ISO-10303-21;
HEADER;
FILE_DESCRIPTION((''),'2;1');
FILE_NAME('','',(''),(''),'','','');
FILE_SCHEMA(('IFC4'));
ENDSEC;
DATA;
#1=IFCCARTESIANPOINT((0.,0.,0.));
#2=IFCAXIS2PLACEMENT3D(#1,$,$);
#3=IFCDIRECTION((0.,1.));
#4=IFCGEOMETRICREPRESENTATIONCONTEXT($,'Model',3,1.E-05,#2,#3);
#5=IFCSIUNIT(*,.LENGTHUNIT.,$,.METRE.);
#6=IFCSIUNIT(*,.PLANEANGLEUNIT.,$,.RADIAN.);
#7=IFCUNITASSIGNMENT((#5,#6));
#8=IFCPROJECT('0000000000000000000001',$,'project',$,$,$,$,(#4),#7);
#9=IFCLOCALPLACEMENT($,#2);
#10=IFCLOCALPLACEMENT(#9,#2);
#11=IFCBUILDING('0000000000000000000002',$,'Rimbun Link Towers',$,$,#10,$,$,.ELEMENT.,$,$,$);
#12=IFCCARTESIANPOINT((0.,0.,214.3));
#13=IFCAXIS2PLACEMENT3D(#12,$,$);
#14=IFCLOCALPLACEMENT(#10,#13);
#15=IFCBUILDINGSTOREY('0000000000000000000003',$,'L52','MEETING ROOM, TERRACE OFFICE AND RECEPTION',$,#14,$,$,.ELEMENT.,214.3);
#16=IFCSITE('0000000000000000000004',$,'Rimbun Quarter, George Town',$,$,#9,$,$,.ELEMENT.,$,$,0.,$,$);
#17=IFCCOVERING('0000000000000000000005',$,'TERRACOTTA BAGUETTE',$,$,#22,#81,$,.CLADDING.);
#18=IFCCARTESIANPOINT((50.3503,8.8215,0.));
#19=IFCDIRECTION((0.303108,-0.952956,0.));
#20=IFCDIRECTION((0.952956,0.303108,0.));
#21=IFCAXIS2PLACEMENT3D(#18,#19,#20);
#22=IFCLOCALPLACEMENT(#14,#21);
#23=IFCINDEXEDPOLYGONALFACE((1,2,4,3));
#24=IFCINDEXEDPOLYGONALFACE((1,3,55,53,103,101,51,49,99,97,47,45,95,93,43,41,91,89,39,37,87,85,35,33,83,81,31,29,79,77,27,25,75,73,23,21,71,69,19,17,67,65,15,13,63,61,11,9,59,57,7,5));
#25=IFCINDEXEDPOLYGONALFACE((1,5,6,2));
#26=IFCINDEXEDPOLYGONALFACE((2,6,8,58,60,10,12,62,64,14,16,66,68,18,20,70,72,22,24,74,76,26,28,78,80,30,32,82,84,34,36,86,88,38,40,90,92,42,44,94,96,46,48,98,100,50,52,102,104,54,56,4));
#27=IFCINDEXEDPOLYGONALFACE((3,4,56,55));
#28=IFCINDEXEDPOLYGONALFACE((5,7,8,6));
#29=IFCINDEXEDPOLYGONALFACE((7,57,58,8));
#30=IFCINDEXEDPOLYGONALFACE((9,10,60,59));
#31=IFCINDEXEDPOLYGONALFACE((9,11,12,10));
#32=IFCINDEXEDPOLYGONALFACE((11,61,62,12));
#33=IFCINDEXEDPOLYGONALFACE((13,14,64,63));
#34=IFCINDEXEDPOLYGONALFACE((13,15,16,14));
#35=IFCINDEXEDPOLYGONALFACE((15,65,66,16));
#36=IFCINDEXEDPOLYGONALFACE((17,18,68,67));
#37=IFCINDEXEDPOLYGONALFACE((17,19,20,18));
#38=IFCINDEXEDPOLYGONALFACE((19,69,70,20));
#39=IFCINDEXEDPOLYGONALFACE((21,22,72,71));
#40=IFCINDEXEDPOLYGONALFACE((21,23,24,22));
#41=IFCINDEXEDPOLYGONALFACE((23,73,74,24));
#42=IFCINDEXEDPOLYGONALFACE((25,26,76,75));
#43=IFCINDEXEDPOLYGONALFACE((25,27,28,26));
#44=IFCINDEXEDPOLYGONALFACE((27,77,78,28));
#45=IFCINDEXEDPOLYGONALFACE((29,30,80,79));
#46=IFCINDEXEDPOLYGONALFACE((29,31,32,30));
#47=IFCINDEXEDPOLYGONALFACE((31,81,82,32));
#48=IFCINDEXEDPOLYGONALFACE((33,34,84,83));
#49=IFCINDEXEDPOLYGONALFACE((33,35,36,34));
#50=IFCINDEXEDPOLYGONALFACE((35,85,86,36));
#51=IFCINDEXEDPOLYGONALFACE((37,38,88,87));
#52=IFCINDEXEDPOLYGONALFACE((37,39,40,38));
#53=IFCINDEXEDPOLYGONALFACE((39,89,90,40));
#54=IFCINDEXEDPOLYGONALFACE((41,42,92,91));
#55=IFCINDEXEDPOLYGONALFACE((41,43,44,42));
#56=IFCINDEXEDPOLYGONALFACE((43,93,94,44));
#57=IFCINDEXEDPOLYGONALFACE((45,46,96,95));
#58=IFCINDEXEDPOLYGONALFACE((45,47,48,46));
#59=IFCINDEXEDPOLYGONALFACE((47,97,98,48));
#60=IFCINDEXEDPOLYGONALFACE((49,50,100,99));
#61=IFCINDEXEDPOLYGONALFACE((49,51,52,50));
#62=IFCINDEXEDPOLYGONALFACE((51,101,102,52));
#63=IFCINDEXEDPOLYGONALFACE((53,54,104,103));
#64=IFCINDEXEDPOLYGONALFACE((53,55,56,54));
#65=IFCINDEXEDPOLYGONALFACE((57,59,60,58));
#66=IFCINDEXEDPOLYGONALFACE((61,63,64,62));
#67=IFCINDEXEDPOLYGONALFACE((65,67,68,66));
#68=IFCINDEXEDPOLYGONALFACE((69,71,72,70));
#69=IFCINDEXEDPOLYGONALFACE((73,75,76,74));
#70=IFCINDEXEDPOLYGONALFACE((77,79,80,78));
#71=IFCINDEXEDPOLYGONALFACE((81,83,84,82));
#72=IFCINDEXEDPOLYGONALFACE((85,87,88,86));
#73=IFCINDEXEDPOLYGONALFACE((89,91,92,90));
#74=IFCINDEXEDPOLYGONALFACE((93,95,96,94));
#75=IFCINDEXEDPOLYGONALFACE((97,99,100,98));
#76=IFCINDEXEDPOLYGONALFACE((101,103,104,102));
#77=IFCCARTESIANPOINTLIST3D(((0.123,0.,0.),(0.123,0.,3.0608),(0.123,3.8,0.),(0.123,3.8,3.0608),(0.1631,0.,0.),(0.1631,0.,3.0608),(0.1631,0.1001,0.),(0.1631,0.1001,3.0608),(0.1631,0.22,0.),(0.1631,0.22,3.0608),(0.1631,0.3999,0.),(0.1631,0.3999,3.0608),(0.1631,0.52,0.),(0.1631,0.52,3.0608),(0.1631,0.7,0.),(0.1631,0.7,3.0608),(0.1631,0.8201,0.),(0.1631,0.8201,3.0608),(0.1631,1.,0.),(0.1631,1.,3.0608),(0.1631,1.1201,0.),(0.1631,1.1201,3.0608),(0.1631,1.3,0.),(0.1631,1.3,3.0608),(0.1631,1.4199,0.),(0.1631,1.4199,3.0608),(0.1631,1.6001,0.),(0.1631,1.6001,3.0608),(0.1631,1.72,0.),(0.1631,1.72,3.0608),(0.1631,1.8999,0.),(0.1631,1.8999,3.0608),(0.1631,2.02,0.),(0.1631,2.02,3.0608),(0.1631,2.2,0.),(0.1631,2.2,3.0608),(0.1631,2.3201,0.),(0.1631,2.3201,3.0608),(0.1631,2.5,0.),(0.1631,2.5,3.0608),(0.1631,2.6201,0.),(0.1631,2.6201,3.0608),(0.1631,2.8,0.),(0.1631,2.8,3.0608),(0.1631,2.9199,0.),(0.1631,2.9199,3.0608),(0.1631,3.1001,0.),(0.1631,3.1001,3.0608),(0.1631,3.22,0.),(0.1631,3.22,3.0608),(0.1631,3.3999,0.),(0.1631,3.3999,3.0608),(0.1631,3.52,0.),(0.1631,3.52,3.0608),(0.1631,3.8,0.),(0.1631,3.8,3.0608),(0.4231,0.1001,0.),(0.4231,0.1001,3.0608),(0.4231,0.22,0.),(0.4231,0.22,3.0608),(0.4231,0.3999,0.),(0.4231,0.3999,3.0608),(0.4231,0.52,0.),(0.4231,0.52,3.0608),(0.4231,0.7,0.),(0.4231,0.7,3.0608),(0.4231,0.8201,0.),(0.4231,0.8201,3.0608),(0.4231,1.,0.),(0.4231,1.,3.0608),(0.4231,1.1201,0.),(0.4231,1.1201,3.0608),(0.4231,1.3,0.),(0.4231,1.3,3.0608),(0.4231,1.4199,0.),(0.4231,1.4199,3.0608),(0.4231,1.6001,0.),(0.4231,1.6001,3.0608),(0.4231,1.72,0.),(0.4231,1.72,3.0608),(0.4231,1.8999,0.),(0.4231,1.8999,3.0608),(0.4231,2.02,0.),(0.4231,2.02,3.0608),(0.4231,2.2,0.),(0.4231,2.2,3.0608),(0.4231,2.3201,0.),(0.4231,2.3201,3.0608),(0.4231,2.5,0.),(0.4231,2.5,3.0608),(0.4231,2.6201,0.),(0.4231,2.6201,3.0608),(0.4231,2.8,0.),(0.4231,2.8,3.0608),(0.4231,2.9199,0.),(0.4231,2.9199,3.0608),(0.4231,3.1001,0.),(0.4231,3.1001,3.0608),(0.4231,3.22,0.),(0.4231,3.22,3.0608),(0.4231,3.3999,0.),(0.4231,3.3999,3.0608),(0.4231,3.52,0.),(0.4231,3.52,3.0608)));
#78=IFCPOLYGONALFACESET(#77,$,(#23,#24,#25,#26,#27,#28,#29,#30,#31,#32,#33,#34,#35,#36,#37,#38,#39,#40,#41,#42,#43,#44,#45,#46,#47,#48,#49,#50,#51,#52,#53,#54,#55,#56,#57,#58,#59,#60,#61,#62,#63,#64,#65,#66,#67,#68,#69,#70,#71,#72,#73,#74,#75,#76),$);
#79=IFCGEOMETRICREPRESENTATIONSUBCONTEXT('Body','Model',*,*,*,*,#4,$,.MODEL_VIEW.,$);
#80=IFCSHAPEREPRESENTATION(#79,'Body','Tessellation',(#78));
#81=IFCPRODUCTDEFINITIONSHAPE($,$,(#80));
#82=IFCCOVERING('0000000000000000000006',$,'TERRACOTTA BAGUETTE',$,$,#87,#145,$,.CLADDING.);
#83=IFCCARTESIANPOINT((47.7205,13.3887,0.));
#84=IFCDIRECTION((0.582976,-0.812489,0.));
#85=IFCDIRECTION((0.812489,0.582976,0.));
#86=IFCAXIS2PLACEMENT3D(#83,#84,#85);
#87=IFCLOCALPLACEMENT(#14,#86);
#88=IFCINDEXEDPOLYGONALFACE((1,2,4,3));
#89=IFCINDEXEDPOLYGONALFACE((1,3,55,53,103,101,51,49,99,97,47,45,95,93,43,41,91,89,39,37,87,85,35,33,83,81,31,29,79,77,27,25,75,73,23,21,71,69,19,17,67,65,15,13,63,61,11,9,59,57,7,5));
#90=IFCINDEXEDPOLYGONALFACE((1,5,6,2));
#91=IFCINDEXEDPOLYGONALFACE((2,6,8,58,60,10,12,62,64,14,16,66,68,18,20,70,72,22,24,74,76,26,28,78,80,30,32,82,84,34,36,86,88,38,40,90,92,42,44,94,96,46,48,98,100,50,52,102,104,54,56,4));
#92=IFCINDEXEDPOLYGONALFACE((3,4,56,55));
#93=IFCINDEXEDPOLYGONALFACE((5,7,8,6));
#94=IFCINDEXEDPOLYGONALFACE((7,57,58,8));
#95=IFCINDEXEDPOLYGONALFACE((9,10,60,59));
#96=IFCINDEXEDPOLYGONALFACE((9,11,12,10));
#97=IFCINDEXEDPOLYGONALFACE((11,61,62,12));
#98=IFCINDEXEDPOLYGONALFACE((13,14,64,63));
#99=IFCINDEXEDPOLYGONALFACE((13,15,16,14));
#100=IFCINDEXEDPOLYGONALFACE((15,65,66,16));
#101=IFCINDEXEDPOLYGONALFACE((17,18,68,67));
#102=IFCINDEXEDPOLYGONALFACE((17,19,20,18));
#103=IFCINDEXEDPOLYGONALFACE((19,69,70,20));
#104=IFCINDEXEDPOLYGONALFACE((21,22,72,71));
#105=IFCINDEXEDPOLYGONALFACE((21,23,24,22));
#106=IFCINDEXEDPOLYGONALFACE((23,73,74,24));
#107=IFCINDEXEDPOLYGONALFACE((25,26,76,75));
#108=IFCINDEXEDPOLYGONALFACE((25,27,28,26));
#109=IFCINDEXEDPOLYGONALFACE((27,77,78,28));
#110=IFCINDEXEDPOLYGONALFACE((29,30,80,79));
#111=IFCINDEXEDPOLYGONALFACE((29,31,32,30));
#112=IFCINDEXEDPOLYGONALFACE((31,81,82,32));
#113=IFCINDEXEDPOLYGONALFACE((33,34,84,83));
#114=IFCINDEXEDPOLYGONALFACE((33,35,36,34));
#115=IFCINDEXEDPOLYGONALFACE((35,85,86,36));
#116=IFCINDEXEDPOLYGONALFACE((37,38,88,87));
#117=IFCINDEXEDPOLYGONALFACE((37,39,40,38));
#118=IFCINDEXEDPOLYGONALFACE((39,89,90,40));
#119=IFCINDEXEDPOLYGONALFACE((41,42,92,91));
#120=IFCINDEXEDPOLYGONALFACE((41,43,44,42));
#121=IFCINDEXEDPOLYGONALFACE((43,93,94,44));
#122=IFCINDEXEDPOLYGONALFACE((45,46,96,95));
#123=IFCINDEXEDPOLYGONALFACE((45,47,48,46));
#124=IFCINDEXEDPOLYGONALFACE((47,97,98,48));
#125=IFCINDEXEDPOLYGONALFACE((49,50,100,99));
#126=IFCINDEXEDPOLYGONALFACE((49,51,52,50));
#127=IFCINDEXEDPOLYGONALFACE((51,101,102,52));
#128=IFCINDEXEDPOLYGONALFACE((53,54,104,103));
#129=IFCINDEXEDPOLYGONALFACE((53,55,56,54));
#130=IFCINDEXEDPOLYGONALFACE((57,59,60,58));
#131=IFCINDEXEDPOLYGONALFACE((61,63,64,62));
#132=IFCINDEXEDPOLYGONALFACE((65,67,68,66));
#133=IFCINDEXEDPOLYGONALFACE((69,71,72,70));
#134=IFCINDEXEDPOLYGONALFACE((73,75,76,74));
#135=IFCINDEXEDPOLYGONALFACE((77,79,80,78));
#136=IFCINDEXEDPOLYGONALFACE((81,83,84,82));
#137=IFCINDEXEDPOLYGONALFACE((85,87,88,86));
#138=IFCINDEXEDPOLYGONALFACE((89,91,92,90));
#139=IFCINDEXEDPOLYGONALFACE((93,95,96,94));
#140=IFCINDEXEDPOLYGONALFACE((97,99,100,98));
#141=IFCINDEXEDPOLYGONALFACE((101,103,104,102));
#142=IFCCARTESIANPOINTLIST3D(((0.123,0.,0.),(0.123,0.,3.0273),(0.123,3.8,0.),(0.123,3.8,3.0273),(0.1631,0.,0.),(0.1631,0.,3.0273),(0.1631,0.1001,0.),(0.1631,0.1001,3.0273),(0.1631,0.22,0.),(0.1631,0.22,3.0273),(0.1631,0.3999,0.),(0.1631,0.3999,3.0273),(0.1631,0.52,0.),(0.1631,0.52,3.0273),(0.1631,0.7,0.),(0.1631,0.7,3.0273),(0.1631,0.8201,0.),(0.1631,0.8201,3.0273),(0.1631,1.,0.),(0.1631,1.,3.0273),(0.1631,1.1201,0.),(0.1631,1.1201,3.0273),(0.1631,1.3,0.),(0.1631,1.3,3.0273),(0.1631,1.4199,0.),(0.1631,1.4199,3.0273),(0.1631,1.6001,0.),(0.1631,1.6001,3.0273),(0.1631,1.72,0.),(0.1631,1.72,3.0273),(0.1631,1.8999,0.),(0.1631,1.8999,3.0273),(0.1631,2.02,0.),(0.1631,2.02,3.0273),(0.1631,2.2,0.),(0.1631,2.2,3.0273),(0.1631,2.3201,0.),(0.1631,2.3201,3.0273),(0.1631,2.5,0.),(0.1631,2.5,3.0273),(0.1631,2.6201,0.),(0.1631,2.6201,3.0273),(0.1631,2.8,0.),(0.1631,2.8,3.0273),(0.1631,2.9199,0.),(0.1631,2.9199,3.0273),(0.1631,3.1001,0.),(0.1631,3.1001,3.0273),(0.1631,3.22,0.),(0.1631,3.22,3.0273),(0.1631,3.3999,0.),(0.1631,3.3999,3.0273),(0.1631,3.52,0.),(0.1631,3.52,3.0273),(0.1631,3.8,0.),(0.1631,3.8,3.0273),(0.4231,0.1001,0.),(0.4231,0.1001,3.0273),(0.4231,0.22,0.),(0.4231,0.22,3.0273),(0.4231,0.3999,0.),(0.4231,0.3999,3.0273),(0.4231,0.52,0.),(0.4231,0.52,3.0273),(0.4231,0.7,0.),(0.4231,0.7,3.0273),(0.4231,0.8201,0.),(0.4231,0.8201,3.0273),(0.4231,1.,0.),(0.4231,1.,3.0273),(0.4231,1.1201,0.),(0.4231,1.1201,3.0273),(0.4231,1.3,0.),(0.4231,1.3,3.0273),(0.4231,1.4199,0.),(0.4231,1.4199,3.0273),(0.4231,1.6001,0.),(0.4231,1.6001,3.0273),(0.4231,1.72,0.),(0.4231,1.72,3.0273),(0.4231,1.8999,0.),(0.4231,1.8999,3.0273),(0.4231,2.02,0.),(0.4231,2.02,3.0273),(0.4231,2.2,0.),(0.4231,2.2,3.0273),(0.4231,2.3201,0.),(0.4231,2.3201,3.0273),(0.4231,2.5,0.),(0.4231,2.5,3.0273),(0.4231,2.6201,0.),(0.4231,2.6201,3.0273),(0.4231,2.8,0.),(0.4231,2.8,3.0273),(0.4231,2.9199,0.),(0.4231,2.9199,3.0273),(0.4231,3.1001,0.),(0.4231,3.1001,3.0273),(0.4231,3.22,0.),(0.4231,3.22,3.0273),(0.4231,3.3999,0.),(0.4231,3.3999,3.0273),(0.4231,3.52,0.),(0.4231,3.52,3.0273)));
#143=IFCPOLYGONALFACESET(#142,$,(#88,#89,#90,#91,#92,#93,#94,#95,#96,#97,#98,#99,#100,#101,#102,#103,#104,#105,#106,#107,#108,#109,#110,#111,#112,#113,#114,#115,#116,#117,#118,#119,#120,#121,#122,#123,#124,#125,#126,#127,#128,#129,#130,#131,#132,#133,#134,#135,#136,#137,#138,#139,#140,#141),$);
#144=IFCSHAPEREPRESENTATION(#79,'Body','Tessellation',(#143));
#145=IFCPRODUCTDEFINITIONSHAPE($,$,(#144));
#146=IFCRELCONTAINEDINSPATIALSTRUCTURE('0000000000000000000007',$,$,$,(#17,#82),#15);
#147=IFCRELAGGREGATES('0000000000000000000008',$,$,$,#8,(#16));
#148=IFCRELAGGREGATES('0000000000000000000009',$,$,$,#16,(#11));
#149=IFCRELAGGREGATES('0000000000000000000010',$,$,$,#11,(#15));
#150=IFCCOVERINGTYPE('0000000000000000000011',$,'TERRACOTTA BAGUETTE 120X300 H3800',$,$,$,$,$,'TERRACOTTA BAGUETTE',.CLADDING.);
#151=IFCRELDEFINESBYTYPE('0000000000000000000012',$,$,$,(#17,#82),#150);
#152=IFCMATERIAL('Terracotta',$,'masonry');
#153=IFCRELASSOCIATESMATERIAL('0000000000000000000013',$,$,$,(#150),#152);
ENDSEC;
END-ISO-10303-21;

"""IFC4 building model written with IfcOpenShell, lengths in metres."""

from ifc_helpers import new_model, si_unit, direction, frame, origin, place, context, subcontext, project, spatial, polyline, outline, extrude, material, material_profile, profile_set, type_object, element, save


model = new_model("IFC4")

# Units and contexts
model_context = context("Model", 3, precision=1e-05, world=origin(), true_north=direction((0.0, 1.0)))
body_context = subcontext(model_context, "Body", "Model", "MODEL_VIEW")
ifc_project = project(units=[si_unit("LENGTHUNIT", "METRE"), si_unit("PLANEANGLEUNIT", "RADIAN")], contexts=[model_context])

# Site, building, storey
site_placement = place(None, origin())
site = spatial("IfcSite", under=ifc_project, at=site_placement, Name="Rimbun Quarter, George Town", CompositionType="ELEMENT", RefElevation=0.0)
building_placement = place(site_placement, origin())
building = spatial("IfcBuilding", under=site, at=building_placement, Name="Rimbun Link Towers", CompositionType="ELEMENT")
storey_placement = place(building_placement, frame((0.0, 0.0, 214.3)))
storey = spatial("IfcBuildingStorey", under=building, at=storey_placement, Name="L52", Description="MEETING ROOM, TERRACE OFFICE AND RECEPTION", CompositionType="ELEMENT", Elevation=214.3)

# Coverings
ifc_material_1 = material(Name="Terracotta", Category="masonry")
ifc_material_profile_1 = material_profile(ifc_material_1, outline(polyline([(0.123, 0.0), (0.1631, 0.0), (0.1631, 0.1001), (0.4231, 0.1001), (0.4231, 0.22), (0.1631, 0.22), (0.1631, 0.3999), (0.4231, 0.3999), (0.4231, 0.52), (0.1631, 0.52), (0.1631, 0.7), (0.4231, 0.7), (0.4231, 0.8201), (0.1631, 0.8201), (0.1631, 1.0), (0.4231, 1.0), (0.4231, 1.1201), (0.1631, 1.1201), (0.1631, 1.3), (0.4231, 1.3), (0.4231, 1.4199), (0.1631, 1.4199), (0.1631, 1.6001), (0.4231, 1.6001), (0.4231, 1.72), (0.1631, 1.72), (0.1631, 1.8999), (0.4231, 1.8999), (0.4231, 2.02), (0.1631, 2.02), (0.1631, 2.2), (0.4231, 2.2), (0.4231, 2.3201), (0.1631, 2.3201), (0.1631, 2.5), (0.4231, 2.5), (0.4231, 2.6201), (0.1631, 2.6201), (0.1631, 2.8), (0.4231, 2.8), (0.4231, 2.9199), (0.1631, 2.9199), (0.1631, 3.1001), (0.4231, 3.1001), (0.4231, 3.22), (0.1631, 3.22), (0.1631, 3.3999), (0.4231, 3.3999), (0.4231, 3.52), (0.1631, 3.52), (0.1631, 3.8), (0.123, 3.8), (0.123, 0.0)])), Name="BAGUETTE 120X300")
ifc_profile_set_1 = profile_set([ifc_material_profile_1], Name="Terracotta")
covering_type = type_object("IfcCoveringType", Name="TERRACOTTA BAGUETTE 120X300 H3800", ElementType="TERRACOTTA BAGUETTE", PredefinedType="CLADDING", material=ifc_profile_set_1)
covering_1_placement = place(storey_placement, frame((50.3503, 8.8215, 0.0), z_axis=(0.303108, -0.952956, 0.0), x_axis=(0.952956, 0.303108, 0.0)))
element("IfcCovering", 1, at=covering_1_placement, inside=storey, type_object=covering_type, Name="TERRACOTTA BAGUETTE", PredefinedType="CLADDING", context=body_context, shape_type="SweptSolid", body=[
    extrude(outline(polyline([(0.123, 0.0), (0.1631, 0.0), (0.1631, 0.1001), (0.4231, 0.1001), (0.4231, 0.22), (0.1631, 0.22), (0.1631, 0.3999), (0.4231, 0.3999), (0.4231, 0.52), (0.1631, 0.52), (0.1631, 0.7), (0.4231, 0.7), (0.4231, 0.8201), (0.1631, 0.8201), (0.1631, 1.0), (0.4231, 1.0), (0.4231, 1.1201), (0.1631, 1.1201), (0.1631, 1.3), (0.4231, 1.3), (0.4231, 1.4199), (0.1631, 1.4199), (0.1631, 1.6001), (0.4231, 1.6001), (0.4231, 1.72), (0.1631, 1.72), (0.1631, 1.8999), (0.4231, 1.8999), (0.4231, 2.02), (0.1631, 2.02), (0.1631, 2.2), (0.4231, 2.2), (0.4231, 2.3201), (0.1631, 2.3201), (0.1631, 2.5), (0.4231, 2.5), (0.4231, 2.6201), (0.1631, 2.6201), (0.1631, 2.8), (0.4231, 2.8), (0.4231, 2.9199), (0.1631, 2.9199), (0.1631, 3.1001), (0.4231, 3.1001), (0.4231, 3.22), (0.1631, 3.22), (0.1631, 3.3999), (0.4231, 3.3999), (0.4231, 3.52), (0.1631, 3.52), (0.1631, 3.8), (0.123, 3.8), (0.123, 0.0)])), origin(), (0.0, 0.0, 1.0), 3.0608),
])
covering_2_placement = place(storey_placement, frame((47.7205, 13.3887, 0.0), z_axis=(0.582976, -0.812489, 0.0), x_axis=(0.812489, 0.582976, 0.0)))
element("IfcCovering", 2, at=covering_2_placement, inside=storey, type_object=covering_type, Name="TERRACOTTA BAGUETTE", PredefinedType="CLADDING", context=body_context, shape_type="SweptSolid", body=[
    extrude(outline(polyline([(0.123, 0.0), (0.1631, 0.0), (0.1631, 0.1001), (0.4231, 0.1001), (0.4231, 0.22), (0.1631, 0.22), (0.1631, 0.3999), (0.4231, 0.3999), (0.4231, 0.52), (0.1631, 0.52), (0.1631, 0.7), (0.4231, 0.7), (0.4231, 0.8201), (0.1631, 0.8201), (0.1631, 1.0), (0.4231, 1.0), (0.4231, 1.1201), (0.1631, 1.1201), (0.1631, 1.3), (0.4231, 1.3), (0.4231, 1.4199), (0.1631, 1.4199), (0.1631, 1.6001), (0.4231, 1.6001), (0.4231, 1.72), (0.1631, 1.72), (0.1631, 1.8999), (0.4231, 1.8999), (0.4231, 2.02), (0.1631, 2.02), (0.1631, 2.2), (0.4231, 2.2), (0.4231, 2.3201), (0.1631, 2.3201), (0.1631, 2.5), (0.4231, 2.5), (0.4231, 2.6201), (0.1631, 2.6201), (0.1631, 2.8), (0.4231, 2.8), (0.4231, 2.9199), (0.1631, 2.9199), (0.1631, 3.1001), (0.4231, 3.1001), (0.4231, 3.22), (0.1631, 3.22), (0.1631, 3.3999), (0.4231, 3.3999), (0.4231, 3.52), (0.1631, 3.52), (0.1631, 3.8), (0.123, 3.8), (0.123, 0.0)])), origin(), (0.0, 0.0, 1.0), 3.0273),
])

save(model, "model.ifc")
